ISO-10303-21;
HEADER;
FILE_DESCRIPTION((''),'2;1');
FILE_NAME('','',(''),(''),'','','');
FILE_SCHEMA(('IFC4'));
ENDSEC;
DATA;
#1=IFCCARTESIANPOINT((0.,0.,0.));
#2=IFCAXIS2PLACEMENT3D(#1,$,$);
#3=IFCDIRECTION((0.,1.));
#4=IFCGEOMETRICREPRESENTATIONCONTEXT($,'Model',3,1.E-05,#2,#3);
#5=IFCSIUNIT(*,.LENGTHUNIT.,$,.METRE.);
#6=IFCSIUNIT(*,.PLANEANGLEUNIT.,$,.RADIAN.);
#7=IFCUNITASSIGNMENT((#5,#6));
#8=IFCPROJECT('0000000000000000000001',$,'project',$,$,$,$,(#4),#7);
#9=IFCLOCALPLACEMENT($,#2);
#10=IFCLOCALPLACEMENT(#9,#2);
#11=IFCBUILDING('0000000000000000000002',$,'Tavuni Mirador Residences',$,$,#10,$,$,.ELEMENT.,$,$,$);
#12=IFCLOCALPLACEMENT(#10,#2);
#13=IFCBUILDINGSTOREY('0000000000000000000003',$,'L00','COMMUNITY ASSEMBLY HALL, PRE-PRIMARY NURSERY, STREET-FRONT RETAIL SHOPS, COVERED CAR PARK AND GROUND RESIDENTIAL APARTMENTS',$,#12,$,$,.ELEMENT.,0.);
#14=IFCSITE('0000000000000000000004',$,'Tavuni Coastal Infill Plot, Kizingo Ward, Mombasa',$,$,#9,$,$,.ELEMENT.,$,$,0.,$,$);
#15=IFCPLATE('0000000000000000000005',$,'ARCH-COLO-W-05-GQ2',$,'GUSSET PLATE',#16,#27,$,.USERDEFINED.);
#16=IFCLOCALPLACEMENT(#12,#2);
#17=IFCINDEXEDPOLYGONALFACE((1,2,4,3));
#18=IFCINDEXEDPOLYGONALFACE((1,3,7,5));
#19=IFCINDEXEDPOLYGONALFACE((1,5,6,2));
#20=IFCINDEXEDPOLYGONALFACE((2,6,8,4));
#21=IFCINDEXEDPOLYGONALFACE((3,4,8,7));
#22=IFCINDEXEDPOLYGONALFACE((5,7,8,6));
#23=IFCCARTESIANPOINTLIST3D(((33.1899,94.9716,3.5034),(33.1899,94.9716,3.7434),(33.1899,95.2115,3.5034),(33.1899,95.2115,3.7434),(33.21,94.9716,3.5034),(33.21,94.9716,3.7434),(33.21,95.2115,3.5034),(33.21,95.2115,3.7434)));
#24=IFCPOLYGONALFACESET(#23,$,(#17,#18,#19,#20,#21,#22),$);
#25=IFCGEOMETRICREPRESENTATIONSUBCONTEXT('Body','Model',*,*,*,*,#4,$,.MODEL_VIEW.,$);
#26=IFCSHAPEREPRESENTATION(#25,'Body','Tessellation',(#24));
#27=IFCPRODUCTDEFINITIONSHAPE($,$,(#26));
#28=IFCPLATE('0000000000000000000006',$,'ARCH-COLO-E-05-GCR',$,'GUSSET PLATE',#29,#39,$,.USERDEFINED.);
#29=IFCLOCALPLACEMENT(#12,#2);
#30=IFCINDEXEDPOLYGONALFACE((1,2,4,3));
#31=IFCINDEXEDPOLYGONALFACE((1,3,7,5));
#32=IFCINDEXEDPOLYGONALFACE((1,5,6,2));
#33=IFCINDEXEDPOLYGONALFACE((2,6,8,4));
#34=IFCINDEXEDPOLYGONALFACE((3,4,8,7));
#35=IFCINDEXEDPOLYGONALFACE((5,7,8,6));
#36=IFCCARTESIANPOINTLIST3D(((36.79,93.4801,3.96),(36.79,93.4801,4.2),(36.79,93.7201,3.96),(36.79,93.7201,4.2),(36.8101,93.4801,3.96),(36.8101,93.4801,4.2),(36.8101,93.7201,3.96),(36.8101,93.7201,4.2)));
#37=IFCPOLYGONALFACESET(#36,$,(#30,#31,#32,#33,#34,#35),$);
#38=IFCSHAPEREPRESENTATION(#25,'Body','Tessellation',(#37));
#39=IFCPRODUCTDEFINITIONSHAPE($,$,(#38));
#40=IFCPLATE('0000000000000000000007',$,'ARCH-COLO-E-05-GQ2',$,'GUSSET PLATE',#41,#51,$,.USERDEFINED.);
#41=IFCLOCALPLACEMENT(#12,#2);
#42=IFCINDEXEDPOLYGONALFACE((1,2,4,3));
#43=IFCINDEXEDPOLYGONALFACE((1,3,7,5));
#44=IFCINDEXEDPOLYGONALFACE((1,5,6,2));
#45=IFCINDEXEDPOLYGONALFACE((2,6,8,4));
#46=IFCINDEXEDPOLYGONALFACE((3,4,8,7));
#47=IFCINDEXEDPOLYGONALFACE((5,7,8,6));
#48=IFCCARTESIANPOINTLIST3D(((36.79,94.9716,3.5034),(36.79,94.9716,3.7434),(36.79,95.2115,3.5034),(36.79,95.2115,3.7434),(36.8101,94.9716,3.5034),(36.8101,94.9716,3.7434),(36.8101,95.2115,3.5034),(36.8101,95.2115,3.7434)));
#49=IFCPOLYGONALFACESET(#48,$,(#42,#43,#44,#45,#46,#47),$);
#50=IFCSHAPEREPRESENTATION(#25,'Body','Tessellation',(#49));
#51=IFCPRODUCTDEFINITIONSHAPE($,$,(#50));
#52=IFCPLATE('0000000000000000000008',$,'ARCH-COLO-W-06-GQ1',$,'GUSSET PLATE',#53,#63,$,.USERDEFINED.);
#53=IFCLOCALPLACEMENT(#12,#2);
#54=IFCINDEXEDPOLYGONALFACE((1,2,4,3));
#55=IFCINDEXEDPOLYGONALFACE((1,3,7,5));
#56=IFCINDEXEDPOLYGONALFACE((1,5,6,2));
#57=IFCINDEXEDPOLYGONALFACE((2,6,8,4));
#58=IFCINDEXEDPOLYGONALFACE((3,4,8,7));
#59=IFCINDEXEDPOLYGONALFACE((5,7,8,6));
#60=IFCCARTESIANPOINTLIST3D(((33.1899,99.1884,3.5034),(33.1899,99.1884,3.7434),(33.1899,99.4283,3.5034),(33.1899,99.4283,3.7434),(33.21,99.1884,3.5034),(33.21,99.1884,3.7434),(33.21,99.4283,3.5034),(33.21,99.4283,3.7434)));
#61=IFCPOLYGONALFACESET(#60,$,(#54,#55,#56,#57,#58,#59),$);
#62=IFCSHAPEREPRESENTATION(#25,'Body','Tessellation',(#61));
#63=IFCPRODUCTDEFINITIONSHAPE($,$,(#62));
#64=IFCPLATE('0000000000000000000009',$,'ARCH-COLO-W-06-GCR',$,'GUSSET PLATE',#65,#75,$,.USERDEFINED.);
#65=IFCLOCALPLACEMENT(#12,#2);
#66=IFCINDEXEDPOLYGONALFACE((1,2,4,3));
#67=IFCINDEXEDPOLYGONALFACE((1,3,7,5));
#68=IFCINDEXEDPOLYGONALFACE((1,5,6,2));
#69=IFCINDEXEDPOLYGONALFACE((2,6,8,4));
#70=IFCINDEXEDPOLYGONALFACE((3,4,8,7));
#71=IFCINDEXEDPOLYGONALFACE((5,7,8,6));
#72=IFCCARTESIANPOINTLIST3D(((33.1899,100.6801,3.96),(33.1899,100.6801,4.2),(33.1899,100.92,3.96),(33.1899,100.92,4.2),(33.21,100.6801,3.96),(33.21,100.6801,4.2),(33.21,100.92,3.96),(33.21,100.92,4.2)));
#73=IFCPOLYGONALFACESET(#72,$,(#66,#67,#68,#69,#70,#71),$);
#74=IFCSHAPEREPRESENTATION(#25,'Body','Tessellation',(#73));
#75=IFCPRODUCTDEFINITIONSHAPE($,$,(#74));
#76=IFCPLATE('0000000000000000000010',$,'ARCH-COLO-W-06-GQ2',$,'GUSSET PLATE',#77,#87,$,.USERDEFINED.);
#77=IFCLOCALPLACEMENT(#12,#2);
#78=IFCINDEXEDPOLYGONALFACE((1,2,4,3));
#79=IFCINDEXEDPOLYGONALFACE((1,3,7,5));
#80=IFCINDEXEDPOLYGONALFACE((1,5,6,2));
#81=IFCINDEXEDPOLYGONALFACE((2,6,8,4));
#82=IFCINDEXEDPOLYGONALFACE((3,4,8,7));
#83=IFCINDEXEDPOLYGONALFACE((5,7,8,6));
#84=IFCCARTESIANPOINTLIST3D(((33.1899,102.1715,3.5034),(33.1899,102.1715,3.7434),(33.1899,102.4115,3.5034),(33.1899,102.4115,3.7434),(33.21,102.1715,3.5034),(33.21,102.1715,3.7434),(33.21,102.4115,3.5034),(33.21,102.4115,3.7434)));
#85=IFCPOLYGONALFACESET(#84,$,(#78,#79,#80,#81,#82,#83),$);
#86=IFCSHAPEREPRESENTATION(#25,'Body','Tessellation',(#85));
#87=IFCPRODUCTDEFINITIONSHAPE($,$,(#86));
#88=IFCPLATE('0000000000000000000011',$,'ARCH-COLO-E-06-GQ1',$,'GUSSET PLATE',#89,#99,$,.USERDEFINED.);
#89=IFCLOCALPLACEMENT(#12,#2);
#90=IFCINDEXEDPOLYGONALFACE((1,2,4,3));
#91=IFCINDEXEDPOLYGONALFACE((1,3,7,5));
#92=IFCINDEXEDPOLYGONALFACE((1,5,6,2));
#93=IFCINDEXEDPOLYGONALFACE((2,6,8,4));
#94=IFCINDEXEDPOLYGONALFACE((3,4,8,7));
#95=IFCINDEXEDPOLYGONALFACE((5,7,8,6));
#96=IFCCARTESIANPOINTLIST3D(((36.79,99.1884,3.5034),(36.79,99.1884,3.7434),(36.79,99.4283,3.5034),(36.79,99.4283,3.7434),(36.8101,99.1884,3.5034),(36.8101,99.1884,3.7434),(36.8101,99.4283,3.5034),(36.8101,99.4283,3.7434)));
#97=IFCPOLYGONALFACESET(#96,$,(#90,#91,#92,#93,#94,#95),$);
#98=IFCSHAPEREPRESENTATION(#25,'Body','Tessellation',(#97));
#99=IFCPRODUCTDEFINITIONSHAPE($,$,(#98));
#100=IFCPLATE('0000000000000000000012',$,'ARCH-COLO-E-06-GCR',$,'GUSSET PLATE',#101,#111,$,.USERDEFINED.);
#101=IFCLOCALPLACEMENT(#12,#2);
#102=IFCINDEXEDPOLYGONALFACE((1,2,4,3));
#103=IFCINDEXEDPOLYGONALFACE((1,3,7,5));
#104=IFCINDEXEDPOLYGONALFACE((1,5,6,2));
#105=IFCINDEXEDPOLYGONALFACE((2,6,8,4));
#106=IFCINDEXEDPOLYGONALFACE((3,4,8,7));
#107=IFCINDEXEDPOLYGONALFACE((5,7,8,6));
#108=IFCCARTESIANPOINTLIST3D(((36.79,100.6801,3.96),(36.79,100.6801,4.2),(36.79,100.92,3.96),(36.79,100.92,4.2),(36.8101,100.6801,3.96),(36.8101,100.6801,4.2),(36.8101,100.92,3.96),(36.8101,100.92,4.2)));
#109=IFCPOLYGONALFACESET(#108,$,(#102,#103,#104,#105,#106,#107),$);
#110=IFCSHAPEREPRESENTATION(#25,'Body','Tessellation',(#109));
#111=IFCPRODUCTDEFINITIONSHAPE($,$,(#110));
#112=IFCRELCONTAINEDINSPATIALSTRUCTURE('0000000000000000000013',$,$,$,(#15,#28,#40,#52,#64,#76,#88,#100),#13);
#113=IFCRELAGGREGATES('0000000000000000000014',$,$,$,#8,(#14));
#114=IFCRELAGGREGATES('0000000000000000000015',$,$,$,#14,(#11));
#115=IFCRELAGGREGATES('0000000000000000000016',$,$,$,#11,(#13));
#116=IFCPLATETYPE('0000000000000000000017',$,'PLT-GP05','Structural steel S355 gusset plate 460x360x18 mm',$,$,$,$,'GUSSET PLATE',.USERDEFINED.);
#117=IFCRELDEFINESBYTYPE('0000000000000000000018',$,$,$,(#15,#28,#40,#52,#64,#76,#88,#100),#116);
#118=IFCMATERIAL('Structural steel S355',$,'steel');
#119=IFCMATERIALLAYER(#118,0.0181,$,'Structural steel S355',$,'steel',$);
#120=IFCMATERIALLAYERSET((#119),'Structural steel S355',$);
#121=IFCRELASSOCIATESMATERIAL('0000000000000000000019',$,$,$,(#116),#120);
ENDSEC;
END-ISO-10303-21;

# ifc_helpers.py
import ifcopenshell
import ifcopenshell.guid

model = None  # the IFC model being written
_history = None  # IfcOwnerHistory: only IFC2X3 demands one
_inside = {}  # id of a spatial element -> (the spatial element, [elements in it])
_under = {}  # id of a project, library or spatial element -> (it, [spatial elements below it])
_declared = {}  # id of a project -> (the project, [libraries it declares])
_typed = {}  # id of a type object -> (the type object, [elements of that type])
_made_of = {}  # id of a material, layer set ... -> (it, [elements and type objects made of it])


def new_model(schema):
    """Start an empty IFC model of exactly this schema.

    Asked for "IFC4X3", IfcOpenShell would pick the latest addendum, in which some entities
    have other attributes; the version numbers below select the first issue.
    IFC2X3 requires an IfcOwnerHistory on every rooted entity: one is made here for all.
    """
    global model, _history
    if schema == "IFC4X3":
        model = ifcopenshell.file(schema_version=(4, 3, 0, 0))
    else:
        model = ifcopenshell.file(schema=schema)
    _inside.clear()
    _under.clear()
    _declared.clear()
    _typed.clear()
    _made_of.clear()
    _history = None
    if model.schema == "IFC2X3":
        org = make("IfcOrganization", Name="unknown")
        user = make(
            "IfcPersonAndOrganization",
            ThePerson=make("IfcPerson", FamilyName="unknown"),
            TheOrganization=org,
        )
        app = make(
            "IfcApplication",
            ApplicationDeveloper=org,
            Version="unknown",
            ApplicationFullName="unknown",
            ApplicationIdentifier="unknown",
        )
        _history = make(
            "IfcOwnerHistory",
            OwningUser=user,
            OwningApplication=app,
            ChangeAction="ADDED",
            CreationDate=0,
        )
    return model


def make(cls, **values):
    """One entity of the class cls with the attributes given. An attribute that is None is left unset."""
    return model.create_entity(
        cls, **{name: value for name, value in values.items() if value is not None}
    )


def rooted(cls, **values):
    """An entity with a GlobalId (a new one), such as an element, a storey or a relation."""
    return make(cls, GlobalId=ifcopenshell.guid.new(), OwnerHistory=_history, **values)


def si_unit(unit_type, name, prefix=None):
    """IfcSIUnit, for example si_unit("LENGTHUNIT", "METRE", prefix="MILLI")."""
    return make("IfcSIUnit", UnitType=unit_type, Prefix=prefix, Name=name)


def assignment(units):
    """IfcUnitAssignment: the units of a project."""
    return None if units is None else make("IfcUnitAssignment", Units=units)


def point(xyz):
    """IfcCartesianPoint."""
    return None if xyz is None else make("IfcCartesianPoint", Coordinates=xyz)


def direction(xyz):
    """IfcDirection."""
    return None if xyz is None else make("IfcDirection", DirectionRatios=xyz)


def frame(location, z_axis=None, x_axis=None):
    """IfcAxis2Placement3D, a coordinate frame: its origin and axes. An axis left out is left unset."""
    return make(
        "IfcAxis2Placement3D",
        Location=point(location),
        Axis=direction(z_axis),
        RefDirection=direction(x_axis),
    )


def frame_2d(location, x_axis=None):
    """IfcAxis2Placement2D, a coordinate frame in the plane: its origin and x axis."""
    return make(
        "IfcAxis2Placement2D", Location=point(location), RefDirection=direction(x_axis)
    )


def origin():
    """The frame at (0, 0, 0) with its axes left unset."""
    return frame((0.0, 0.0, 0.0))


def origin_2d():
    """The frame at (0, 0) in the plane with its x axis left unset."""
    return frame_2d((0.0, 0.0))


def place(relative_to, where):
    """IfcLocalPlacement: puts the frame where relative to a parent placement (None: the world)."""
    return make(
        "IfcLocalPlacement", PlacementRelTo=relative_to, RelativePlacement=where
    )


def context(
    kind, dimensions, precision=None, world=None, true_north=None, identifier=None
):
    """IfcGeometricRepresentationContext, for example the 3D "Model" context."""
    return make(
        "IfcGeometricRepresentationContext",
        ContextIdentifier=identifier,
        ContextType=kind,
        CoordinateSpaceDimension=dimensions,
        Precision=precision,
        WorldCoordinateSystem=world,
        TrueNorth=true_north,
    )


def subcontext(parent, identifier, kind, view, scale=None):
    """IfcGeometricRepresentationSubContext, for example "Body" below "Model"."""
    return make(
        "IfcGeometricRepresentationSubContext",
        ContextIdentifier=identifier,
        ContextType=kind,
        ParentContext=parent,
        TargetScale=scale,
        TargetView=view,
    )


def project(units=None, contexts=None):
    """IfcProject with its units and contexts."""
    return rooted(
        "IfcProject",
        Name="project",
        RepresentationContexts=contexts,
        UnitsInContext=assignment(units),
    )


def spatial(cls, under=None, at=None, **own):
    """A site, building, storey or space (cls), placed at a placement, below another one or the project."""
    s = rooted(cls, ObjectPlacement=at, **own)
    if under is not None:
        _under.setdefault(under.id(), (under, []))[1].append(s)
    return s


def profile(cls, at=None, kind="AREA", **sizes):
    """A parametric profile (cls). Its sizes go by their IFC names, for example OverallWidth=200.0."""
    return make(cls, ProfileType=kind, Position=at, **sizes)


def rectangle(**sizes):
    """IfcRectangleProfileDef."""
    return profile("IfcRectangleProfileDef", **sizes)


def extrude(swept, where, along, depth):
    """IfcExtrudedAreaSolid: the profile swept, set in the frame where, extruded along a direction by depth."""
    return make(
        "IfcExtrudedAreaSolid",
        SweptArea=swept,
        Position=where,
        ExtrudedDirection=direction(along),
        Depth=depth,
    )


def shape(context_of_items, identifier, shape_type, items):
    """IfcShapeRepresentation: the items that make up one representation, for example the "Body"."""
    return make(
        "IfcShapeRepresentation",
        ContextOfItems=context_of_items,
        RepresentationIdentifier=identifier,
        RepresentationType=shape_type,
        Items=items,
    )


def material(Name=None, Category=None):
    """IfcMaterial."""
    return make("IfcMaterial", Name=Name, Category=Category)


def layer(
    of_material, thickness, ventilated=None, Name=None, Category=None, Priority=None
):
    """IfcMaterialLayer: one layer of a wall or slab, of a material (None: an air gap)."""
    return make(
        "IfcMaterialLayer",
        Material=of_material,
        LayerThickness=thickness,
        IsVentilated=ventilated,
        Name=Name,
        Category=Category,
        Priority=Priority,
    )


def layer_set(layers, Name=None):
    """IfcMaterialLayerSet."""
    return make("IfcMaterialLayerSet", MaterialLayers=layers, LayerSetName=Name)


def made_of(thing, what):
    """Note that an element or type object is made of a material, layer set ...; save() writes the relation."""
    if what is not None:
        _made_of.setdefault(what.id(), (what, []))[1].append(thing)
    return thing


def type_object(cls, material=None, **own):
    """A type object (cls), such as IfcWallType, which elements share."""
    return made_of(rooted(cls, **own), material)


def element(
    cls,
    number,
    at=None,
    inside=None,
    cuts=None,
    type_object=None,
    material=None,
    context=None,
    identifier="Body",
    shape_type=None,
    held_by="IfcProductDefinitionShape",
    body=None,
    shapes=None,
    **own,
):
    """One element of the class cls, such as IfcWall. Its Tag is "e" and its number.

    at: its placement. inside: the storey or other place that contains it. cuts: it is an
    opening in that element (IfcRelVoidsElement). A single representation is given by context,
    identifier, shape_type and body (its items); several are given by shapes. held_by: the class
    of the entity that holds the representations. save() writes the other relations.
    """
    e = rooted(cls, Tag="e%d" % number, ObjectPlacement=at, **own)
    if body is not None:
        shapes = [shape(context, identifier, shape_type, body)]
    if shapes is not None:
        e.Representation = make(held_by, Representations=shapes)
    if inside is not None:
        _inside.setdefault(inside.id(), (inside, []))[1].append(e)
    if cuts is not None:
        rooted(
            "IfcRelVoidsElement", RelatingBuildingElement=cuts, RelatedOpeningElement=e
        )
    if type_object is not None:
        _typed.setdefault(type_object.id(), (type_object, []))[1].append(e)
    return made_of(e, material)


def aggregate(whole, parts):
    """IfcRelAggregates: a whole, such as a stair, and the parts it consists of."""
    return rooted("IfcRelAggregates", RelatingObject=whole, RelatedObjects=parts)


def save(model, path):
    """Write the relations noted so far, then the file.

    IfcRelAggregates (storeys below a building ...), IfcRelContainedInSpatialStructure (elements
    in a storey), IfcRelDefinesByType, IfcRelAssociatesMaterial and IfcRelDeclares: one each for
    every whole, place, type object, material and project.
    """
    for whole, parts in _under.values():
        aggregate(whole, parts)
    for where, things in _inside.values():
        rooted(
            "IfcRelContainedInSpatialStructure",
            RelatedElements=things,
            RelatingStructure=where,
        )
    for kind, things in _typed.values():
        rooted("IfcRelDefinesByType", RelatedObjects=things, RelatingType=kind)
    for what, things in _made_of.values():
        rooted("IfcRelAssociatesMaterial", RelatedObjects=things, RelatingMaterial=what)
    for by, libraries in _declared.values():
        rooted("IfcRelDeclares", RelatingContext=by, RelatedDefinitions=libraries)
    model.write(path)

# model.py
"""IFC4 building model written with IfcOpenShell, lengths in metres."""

from ifc_helpers import new_model, si_unit, direction, frame, origin, origin_2d, place, context, subcontext, project, spatial, rectangle, extrude, material, layer, layer_set, type_object, element, save


model = new_model("IFC4")

# Units and contexts
model_context = context("Model", 3, precision=1e-05, world=origin(), true_north=direction((0.0, 1.0)))
body_context = subcontext(model_context, "Body", "Model", "MODEL_VIEW")
ifc_project = project(units=[si_unit("LENGTHUNIT", "METRE"), si_unit("PLANEANGLEUNIT", "RADIAN")], contexts=[model_context])

# Site, building, storey
site_placement = place(None, origin())
site = spatial("IfcSite", under=ifc_project, at=site_placement, Name="Tavuni Coastal Infill Plot, Kizingo Ward, Mombasa", CompositionType="ELEMENT", RefElevation=0.0)
building_placement = place(site_placement, origin())
building = spatial("IfcBuilding", under=site, at=building_placement, Name="Tavuni Mirador Residences", CompositionType="ELEMENT")
storey_placement = place(building_placement, origin())
storey = spatial("IfcBuildingStorey", under=building, at=storey_placement, Name="L00", Description="COMMUNITY ASSEMBLY HALL, PRE-PRIMARY NURSERY, STREET-FRONT RETAIL SHOPS, COVERED CAR PARK AND GROUND RESIDENTIAL APARTMENTS", CompositionType="ELEMENT", Elevation=0.0)

# Shared definitions
ifc_material_1 = material(Name="Structural steel S355", Category="steel")

# Plates
ifc_layer = layer(ifc_material_1, 0.0181, Name="Structural steel S355", Category="steel")
ifc_layer_set = layer_set([ifc_layer], Name="Structural steel S355")
plate_type = type_object("IfcPlateType", Name="PLT-GP05", Description="Structural steel S355 gusset plate 460x360x18 mm", ElementType="GUSSET PLATE", PredefinedType="USERDEFINED", material=ifc_layer_set)
for number, where, z_axis, x_axis, name in (
    (1, (33.2, 95.0916, 3.5034), (0.0, 0.0, 1.0), (1.0, 0.0, 0.0), "ARCH-COLO-W-05-GQ2"),
    (2, (36.8, 93.6001, 3.96), (0.0, 0.0, 1.0), (1.0, 0.0, 0.0), "ARCH-COLO-E-05-GCR"),
    (3, (36.8, 95.0916, 3.5034), (0.0, 0.0, 1.0), (1.0, 0.0, 0.0), "ARCH-COLO-E-05-GQ2"),
    (4, (33.2, 99.3083, 3.5034), (0.0, 0.0, 1.0), (1.0, 0.0, 0.0), "ARCH-COLO-W-06-GQ1"),
    (5, (33.2, 100.8, 3.96), (0.0, 0.0, 1.0), (1.0, 0.0, 0.0), "ARCH-COLO-W-06-GCR"),
    (6, (33.2, 102.2915, 3.5034), (0.0, 0.0, 1.0), (1.0, 0.0, 0.0), "ARCH-COLO-W-06-GQ2"),
    (7, (36.8, 99.3083, 3.5034), (0.0, 0.0, 1.0), (1.0, 0.0, 0.0), "ARCH-COLO-E-06-GQ1"),
    (8, (36.8, 100.8, 3.96), (0.0, 0.0, 1.0), (1.0, 0.0, 0.0), "ARCH-COLO-E-06-GCR"),
):
    element("IfcPlate", number, at=place(storey_placement, frame(where, z_axis=z_axis, x_axis=x_axis)), inside=storey, type_object=plate_type, Name=name, ObjectType="GUSSET PLATE", PredefinedType="USERDEFINED", context=body_context, shape_type="SweptSolid", body=[
        extrude(rectangle(XDim=0.02, YDim=0.24, at=origin_2d()), origin(), (0.0, 0.0, 1.0), 0.24),
    ])

save(model, "model.ifc")
